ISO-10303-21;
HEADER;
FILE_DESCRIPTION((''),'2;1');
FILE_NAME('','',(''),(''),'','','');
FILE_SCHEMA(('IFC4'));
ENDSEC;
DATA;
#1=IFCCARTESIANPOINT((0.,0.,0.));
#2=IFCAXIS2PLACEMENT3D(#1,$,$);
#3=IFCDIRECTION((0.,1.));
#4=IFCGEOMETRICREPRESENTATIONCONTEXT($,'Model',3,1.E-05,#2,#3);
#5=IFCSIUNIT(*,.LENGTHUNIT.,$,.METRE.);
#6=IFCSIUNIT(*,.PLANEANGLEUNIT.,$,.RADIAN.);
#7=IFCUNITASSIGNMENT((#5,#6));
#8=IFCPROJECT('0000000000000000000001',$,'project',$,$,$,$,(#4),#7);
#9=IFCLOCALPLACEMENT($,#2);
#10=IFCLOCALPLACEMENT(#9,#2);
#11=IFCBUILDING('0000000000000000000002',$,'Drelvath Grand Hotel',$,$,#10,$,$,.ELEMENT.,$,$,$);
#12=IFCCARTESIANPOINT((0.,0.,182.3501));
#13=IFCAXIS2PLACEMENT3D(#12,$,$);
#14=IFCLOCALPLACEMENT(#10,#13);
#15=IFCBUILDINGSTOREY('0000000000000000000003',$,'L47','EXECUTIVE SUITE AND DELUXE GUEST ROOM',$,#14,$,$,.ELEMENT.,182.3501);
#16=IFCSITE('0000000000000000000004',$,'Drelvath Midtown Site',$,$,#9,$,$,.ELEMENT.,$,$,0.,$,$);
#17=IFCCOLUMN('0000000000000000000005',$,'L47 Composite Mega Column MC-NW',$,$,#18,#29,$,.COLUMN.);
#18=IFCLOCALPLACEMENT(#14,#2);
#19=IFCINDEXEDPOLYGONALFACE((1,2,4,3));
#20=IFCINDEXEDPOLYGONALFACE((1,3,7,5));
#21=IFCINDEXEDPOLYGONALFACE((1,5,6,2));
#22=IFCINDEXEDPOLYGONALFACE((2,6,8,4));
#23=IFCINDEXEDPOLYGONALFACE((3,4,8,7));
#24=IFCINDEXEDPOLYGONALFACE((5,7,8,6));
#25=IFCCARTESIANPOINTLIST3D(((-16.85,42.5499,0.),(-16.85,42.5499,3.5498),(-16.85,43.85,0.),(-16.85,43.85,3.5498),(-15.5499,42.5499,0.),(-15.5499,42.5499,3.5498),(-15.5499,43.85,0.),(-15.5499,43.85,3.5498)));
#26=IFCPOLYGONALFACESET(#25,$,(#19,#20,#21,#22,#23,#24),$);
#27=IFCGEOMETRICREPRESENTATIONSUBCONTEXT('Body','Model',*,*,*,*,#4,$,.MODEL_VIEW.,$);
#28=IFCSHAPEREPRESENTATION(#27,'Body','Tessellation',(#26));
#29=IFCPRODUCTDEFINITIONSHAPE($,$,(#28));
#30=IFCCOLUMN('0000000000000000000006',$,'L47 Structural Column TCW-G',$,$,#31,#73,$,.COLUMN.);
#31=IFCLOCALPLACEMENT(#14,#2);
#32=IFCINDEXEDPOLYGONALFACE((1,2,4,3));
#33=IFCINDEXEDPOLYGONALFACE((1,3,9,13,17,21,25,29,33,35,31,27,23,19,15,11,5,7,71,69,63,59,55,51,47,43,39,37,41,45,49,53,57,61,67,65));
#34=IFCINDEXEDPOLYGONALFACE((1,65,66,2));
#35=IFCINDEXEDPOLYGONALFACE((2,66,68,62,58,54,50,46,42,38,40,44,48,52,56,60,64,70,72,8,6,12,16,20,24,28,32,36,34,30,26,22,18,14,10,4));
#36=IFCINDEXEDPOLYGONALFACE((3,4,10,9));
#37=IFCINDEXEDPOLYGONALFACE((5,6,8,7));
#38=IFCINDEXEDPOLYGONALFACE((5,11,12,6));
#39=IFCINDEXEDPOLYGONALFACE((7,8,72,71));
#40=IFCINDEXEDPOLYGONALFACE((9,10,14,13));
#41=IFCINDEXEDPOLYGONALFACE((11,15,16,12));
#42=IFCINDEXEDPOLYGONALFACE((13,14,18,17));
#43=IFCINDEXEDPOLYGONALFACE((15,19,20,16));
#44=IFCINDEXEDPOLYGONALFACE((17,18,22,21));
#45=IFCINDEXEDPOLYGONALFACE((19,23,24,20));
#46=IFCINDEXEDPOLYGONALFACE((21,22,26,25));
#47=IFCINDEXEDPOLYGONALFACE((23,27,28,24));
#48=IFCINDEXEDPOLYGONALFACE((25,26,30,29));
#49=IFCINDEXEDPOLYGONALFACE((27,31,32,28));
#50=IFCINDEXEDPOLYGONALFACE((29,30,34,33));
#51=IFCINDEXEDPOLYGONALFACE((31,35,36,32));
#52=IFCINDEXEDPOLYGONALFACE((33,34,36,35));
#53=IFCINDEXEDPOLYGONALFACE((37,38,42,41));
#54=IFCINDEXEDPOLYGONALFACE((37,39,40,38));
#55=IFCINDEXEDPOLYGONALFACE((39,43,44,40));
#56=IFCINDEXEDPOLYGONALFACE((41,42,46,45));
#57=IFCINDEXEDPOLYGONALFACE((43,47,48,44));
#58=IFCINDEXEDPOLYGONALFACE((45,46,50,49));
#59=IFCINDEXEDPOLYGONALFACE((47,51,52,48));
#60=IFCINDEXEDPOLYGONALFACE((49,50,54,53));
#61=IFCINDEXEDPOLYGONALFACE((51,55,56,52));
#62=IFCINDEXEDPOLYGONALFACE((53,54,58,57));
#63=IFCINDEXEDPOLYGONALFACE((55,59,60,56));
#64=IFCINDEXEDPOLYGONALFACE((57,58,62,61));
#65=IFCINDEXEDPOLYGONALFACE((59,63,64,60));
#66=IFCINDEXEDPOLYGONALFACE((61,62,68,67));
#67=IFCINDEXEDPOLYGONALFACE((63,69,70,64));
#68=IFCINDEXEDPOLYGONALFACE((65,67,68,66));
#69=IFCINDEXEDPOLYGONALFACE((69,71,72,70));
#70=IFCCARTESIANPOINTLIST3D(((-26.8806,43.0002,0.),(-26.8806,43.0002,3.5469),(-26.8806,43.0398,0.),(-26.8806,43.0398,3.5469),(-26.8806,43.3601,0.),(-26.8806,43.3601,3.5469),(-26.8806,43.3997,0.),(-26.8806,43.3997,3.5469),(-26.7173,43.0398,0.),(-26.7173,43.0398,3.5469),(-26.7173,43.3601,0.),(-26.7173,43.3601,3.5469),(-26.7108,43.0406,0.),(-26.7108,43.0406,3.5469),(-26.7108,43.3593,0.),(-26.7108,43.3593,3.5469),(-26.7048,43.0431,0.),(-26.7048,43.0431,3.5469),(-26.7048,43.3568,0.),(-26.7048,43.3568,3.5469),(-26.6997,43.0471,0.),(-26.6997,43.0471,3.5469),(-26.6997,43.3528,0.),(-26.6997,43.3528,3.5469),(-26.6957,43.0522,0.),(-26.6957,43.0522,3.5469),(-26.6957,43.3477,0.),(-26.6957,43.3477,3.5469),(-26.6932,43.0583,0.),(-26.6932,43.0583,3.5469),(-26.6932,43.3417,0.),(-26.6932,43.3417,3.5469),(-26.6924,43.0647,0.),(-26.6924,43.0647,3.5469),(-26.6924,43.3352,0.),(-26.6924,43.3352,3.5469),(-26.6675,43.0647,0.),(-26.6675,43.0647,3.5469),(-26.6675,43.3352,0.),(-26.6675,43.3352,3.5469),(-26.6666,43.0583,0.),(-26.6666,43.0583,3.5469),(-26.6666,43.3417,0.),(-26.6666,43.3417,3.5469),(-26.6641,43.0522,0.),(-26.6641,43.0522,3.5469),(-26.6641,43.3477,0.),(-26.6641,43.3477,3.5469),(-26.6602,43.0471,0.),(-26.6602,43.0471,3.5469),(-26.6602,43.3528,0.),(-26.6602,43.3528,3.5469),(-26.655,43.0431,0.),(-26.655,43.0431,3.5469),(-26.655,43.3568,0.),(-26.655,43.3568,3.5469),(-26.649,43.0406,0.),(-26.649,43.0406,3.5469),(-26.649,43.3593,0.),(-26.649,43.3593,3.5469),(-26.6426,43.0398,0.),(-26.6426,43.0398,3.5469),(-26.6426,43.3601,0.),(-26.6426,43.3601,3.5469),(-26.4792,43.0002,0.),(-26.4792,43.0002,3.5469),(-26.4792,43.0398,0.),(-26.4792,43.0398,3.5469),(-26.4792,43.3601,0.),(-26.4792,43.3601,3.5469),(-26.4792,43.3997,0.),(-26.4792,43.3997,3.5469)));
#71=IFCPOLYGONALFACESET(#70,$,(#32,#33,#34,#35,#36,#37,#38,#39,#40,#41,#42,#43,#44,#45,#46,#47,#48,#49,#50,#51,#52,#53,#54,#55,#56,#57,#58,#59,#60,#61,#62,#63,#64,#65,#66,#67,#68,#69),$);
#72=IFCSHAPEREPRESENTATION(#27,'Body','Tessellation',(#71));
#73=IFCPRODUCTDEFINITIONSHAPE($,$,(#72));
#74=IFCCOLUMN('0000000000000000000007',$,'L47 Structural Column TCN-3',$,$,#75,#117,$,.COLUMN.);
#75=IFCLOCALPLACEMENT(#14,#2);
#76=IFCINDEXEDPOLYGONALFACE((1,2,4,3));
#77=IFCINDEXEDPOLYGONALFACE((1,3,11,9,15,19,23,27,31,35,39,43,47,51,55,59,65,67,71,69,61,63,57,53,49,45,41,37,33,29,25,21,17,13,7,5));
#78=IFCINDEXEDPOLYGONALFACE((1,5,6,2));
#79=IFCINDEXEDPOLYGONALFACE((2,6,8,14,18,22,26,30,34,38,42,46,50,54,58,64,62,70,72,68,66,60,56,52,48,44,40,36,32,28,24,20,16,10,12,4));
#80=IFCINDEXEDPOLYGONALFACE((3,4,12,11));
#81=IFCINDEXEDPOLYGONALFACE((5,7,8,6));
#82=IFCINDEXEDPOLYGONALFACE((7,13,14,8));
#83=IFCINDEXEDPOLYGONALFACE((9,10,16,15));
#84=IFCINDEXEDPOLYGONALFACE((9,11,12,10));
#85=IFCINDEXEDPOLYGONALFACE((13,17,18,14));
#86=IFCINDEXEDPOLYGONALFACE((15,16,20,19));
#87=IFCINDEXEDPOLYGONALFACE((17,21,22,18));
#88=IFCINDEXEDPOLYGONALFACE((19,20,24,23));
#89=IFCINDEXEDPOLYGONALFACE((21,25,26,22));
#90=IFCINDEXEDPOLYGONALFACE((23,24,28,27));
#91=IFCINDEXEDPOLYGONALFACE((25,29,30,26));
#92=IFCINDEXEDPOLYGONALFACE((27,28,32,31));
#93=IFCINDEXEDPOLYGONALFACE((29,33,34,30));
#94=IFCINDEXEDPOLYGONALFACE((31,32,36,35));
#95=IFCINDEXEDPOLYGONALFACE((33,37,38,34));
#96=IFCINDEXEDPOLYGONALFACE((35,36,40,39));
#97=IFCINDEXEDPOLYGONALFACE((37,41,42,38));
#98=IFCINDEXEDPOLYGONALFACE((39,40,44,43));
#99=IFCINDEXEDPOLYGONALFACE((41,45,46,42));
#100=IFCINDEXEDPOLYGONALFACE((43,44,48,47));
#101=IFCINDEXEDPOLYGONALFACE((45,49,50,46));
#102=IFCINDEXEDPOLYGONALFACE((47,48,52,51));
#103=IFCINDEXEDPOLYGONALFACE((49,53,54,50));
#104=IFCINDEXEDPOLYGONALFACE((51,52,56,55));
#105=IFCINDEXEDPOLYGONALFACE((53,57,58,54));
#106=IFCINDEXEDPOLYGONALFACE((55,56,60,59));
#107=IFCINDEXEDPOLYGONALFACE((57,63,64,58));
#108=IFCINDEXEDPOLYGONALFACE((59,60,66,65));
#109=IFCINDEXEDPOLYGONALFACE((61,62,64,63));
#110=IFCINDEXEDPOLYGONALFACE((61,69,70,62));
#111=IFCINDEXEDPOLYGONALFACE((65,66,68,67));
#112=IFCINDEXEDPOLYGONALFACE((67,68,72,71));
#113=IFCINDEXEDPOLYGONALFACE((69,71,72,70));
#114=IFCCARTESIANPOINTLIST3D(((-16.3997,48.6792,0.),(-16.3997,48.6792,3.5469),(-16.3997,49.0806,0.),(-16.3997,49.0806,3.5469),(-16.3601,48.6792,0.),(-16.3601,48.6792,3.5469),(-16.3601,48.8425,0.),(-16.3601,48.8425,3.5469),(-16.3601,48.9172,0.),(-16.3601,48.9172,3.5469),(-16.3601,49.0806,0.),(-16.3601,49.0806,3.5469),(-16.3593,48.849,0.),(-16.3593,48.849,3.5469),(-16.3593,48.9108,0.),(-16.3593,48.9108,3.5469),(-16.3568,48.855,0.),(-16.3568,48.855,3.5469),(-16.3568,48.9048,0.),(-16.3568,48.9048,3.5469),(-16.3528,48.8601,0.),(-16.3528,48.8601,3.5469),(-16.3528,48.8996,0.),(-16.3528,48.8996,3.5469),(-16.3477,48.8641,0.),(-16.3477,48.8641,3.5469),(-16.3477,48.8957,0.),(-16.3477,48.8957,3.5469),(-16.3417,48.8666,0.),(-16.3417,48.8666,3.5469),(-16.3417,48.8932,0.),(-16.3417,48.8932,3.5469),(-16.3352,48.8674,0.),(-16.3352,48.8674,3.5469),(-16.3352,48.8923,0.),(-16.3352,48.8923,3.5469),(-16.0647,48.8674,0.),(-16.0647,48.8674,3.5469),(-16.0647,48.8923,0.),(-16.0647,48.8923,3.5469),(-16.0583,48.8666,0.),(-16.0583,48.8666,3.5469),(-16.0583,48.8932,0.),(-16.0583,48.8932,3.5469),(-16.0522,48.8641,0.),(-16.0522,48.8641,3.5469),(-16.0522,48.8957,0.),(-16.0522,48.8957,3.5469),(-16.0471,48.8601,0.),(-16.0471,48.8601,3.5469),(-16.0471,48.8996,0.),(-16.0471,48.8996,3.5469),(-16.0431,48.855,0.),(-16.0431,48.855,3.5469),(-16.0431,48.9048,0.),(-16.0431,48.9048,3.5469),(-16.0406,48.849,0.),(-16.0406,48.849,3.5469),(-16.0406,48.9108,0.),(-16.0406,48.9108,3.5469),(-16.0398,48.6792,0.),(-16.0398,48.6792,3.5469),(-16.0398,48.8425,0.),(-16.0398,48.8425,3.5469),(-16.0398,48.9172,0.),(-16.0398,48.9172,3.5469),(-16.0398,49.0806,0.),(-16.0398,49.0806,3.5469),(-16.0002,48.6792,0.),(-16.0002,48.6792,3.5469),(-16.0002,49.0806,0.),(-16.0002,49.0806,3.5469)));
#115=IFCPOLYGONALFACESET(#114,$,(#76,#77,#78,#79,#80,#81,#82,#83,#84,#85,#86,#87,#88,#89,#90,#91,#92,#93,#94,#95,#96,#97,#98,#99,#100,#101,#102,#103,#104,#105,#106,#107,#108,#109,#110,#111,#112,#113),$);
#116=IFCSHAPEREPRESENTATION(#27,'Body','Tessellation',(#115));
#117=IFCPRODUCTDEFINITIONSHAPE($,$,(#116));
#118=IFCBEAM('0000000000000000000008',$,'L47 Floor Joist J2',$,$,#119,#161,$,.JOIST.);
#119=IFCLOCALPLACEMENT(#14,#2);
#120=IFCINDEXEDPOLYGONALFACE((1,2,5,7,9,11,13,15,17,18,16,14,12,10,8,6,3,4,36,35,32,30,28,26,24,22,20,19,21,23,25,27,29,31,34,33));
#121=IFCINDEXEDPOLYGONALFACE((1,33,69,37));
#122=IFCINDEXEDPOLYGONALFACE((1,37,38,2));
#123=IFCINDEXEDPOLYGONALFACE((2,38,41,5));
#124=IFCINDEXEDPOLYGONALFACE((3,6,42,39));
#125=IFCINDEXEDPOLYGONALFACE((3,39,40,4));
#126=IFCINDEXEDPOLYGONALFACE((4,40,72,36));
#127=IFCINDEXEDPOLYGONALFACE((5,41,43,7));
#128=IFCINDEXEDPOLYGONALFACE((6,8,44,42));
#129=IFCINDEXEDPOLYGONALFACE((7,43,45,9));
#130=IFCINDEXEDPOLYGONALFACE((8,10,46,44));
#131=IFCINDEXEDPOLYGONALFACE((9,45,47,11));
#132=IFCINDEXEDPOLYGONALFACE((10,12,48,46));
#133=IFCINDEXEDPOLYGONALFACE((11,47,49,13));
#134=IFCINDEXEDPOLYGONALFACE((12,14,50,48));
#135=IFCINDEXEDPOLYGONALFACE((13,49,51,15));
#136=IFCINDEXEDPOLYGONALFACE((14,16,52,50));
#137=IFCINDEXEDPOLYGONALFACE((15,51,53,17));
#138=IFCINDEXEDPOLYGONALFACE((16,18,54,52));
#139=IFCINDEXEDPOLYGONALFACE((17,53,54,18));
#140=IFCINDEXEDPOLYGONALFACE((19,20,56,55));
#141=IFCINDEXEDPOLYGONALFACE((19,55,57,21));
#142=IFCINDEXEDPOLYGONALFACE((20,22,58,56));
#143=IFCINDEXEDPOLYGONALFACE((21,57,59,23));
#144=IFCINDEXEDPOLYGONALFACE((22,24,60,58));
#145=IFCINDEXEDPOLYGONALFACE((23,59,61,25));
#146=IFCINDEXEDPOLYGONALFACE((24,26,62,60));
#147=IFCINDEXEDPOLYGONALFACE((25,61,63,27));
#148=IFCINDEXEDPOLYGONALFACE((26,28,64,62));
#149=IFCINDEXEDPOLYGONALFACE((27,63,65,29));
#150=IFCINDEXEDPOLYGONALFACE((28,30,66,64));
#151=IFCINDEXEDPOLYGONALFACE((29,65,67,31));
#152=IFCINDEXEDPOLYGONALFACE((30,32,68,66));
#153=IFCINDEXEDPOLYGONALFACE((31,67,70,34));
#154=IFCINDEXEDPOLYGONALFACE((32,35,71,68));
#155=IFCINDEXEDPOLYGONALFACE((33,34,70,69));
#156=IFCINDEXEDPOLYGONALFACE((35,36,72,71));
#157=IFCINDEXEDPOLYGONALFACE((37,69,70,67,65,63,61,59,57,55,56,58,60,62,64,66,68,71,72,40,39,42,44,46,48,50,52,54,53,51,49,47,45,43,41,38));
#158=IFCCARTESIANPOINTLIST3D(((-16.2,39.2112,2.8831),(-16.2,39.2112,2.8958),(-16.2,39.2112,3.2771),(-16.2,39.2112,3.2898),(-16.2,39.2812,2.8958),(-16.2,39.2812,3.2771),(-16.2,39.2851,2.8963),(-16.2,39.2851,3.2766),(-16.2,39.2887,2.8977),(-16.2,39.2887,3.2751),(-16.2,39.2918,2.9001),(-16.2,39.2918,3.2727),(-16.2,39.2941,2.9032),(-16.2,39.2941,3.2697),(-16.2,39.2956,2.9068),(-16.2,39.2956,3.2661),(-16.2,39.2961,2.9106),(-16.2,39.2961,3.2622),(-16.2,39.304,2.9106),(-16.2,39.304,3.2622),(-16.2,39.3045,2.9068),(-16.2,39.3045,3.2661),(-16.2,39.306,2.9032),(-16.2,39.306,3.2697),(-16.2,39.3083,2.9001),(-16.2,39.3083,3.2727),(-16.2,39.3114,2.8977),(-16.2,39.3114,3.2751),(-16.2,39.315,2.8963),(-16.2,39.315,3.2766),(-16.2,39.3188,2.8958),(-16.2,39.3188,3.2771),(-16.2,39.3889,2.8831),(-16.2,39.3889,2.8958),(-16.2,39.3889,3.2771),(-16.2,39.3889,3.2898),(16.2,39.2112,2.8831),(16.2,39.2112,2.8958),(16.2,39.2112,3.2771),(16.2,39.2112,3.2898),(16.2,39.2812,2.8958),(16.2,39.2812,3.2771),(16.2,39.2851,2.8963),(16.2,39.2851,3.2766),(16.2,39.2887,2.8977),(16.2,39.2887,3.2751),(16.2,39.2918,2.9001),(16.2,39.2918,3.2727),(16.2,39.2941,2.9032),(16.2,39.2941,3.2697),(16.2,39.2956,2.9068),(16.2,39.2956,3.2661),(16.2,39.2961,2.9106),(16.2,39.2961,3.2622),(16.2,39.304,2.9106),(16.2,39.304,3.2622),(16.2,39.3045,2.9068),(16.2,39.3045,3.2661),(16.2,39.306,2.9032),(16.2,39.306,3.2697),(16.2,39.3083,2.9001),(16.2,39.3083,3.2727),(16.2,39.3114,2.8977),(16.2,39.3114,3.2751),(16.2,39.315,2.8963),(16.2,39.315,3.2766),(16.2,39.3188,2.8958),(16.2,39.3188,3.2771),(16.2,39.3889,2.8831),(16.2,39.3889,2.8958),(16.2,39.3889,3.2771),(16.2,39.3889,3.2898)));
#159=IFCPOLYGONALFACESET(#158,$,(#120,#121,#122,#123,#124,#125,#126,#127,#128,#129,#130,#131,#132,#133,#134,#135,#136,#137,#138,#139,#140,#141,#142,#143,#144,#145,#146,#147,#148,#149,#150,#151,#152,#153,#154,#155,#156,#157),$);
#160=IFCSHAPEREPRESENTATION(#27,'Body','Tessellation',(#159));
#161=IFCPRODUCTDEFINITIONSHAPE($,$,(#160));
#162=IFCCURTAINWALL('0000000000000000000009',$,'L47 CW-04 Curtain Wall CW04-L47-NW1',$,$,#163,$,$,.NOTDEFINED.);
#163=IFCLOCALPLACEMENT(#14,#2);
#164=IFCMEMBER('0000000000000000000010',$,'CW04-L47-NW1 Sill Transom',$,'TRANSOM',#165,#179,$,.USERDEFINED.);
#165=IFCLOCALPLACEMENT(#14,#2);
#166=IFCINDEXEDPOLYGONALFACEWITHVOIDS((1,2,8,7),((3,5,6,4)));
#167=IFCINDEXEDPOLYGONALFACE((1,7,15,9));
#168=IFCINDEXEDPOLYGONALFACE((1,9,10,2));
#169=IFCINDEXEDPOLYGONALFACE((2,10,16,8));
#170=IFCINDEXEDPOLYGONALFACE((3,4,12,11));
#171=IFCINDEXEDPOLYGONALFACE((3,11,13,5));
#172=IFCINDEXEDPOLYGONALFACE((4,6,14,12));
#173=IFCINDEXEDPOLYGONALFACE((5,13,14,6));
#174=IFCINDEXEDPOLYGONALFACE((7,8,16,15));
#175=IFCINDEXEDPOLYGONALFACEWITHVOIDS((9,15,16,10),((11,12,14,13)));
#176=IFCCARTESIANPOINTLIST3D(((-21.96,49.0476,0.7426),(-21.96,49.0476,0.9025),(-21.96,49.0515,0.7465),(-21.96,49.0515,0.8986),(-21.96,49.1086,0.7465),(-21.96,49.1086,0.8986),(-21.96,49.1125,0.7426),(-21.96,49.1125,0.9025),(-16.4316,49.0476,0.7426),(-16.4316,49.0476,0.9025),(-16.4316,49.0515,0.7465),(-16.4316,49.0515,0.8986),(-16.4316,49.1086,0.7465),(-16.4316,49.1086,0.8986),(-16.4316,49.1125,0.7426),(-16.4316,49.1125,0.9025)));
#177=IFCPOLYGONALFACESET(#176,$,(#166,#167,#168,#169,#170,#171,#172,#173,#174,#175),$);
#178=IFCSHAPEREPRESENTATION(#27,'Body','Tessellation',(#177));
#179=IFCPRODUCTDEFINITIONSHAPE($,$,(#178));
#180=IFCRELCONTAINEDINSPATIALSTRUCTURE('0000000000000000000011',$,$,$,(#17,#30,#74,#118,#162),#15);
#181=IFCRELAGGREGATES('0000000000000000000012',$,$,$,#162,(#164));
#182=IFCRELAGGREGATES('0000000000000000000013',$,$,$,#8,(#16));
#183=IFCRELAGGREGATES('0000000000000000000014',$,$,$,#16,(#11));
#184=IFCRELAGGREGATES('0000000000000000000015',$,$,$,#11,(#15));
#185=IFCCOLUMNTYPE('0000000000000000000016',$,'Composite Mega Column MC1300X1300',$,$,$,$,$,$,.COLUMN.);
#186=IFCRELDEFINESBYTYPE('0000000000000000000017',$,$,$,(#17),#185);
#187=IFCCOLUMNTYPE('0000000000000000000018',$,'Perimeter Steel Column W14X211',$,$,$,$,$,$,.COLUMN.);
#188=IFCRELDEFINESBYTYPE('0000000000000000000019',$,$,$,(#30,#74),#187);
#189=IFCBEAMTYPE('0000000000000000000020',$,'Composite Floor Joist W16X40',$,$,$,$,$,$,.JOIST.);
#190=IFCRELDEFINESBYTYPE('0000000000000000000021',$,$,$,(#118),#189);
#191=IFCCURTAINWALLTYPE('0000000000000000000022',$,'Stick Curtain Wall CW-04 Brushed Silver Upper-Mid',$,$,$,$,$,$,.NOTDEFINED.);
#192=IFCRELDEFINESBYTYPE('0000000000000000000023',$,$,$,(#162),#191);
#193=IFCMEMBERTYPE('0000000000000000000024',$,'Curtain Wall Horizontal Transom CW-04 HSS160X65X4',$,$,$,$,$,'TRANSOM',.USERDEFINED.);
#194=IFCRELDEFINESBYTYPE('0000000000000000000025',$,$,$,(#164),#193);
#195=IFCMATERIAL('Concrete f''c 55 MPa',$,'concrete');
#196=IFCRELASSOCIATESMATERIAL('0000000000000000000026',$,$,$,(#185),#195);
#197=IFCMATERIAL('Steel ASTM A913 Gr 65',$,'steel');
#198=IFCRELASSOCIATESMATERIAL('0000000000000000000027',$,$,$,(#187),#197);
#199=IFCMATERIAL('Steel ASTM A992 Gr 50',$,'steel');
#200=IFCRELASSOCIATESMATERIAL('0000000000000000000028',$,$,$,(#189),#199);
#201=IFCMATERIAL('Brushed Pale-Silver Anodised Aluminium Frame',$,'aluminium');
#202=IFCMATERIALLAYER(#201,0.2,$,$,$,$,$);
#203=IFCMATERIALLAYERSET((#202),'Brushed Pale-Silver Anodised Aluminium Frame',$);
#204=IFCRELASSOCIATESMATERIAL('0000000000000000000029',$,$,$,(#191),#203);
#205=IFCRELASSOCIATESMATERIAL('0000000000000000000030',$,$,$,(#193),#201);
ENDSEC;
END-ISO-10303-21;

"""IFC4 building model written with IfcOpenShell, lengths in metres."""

from ifc_helpers import new_model, si_unit, direction, frame, origin, origin_2d, place, context, subcontext, project, spatial, rectangle, hollow_rectangle, i_section, extrude, material, layer, layer_set, material_profile, profile_set, type_object, element, aggregate, save


model = new_model("IFC4")

# Units and contexts
model_context = context("Model", 3, precision=1e-05, world=origin(), true_north=direction((0.0, 1.0)))
body_context = subcontext(model_context, "Body", "Model", "MODEL_VIEW")
ifc_project = project(units=[si_unit("LENGTHUNIT", "METRE"), si_unit("PLANEANGLEUNIT", "RADIAN")], contexts=[model_context])

# Site, building, storey
site_placement = place(None, origin())
site = spatial("IfcSite", under=ifc_project, at=site_placement, Name="Drelvath Midtown Site", CompositionType="ELEMENT", RefElevation=0.0)
building_placement = place(site_placement, origin())
building = spatial("IfcBuilding", under=site, at=building_placement, Name="Drelvath Grand Hotel", CompositionType="ELEMENT")
storey_placement = place(building_placement, frame((0.0, 0.0, 182.3501)))
storey = spatial("IfcBuildingStorey", under=building, at=storey_placement, Name="L47", Description="EXECUTIVE SUITE AND DELUXE GUEST ROOM", CompositionType="ELEMENT", Elevation=182.3501)

# Columns
ifc_material_1 = material(Name="Concrete f'c 55 MPa", Category="concrete")
ifc_material_profile_1 = material_profile(ifc_material_1, rectangle(XDim=1.3, YDim=1.3, at=origin_2d()), Name="MC1300X1300")
ifc_profile_set_1 = profile_set([ifc_material_profile_1], Name="Concrete f'c 55 MPa")
column_type_1 = type_object("IfcColumnType", Name="Composite Mega Column MC1300X1300", PredefinedType="COLUMN", material=ifc_profile_set_1)
column_placement = place(storey_placement, frame((-16.2, 43.2, 0.0), z_axis=(0.0, 0.0, 1.0), x_axis=(1.0, 0.0, 0.0)))
element("IfcColumn", 1, at=column_placement, inside=storey, type_object=column_type_1, Name="L47 Composite Mega Column MC-NW", PredefinedType="COLUMN", context=body_context, shape_type="SweptSolid", body=[
    extrude(rectangle(XDim=1.3, YDim=1.3, at=origin_2d()), origin(), (0.0, 0.0, 1.0), 3.5498),
])
ifc_material_2 = material(Name="Steel ASTM A913 Gr 65", Category="steel")
ifc_material_profile_2 = material_profile(ifc_material_2, i_section(OverallWidth=0.4014, OverallDepth=0.3994, WebThickness=0.0249, FlangeThickness=0.0396, FilletRadius=0.0249, at=origin_2d()), Name="W14X211")
ifc_profile_set_2 = profile_set([ifc_material_profile_2], Name="Steel ASTM A913 Gr 65")
column_type_2 = type_object("IfcColumnType", Name="Perimeter Steel Column W14X211", PredefinedType="COLUMN", material=ifc_profile_set_2)
for number, where, z_axis, x_axis, name in (
    (2, (-26.6799, 43.2, 0.0), (0.0, 0.0, 1.0), (1.0, 0.0, 0.0), "L47 Structural Column TCW-G"),
    (3, (-16.2, 48.8799, 0.0), (0.0, 0.0, 1.0), (0.0, 1.0, 0.0), "L47 Structural Column TCN-3"),
):
    element("IfcColumn", number, at=place(storey_placement, frame(where, z_axis=z_axis, x_axis=x_axis)), inside=storey, type_object=column_type_2, Name=name, PredefinedType="COLUMN", context=body_context, shape_type="SweptSolid", body=[
        extrude(i_section(OverallWidth=0.4014, OverallDepth=0.3994, WebThickness=0.0249, FlangeThickness=0.0396, FilletRadius=0.0249, at=origin_2d()), origin(), (0.0, 0.0, 1.0), 3.5469),
    ])

# Beam
ifc_material_3 = material(Name="Steel ASTM A992 Gr 50", Category="steel")
ifc_material_profile_3 = material_profile(ifc_material_3, i_section(OverallWidth=0.1777, OverallDepth=0.4067, WebThickness=0.0078, FlangeThickness=0.0127, FilletRadius=0.0149, at=origin_2d()), Name="W16X40")
ifc_profile_set_3 = profile_set([ifc_material_profile_3], Name="Steel ASTM A992 Gr 50")
beam_type_1 = type_object("IfcBeamType", Name="Composite Floor Joist W16X40", PredefinedType="JOIST", material=ifc_profile_set_3)
beam_1_placement = place(storey_placement, frame((-16.2, 39.3, 3.0864), z_axis=(1.0, 0.0, 0.0), x_axis=(0.0, 1.0, 0.0)))
element("IfcBeam", 4, at=beam_1_placement, inside=storey, type_object=beam_type_1, Name="L47 Floor Joist J2", PredefinedType="JOIST", context=body_context, shape_type="SweptSolid", body=[
    extrude(i_section(OverallWidth=0.1777, OverallDepth=0.4067, WebThickness=0.0078, FlangeThickness=0.0127, FilletRadius=0.0149, at=origin_2d()), origin(), (0.0, 0.0, 1.0), 32.3999),
])

# Curtain wall, member
ifc_material_4 = material(Name="Brushed Pale-Silver Anodised Aluminium Frame", Category="aluminium")
ifc_layer_1 = layer(ifc_material_4, 0.2)
ifc_layer_set_1 = layer_set([ifc_layer_1], Name="Brushed Pale-Silver Anodised Aluminium Frame")
curtain_wall_type = type_object("IfcCurtainWallType", Name="Stick Curtain Wall CW-04 Brushed Silver Upper-Mid", PredefinedType="NOTDEFINED", material=ifc_layer_set_1)
curtain_wall_placement = place(storey_placement, origin())
curtain_wall = element("IfcCurtainWall", 5, at=curtain_wall_placement, inside=storey, type_object=curtain_wall_type, Name="L47 CW-04 Curtain Wall CW04-L47-NW1", PredefinedType="NOTDEFINED")
ifc_material_profile_4 = material_profile(ifc_material_4, hollow_rectangle(XDim=0.0649, YDim=0.1599, WallThickness=0.0039, at=origin_2d()), Name="HSS160X65X4")
ifc_profile_set_4 = profile_set([ifc_material_profile_4], Name="Brushed Pale-Silver Anodised Aluminium Frame")
member_type_1 = type_object("IfcMemberType", Name="Curtain Wall Horizontal Transom CW-04 HSS160X65X4", ElementType="TRANSOM", PredefinedType="USERDEFINED", material=ifc_profile_set_4)
member_1_placement = place(storey_placement, frame((-21.96, 49.0801, 0.8225), z_axis=(1.0, 0.0, 0.0), x_axis=(0.0, 1.0, 0.0)))
member_1 = element("IfcMember", 6, at=member_1_placement, type_object=member_type_1, Name="CW04-L47-NW1 Sill Transom", ObjectType="TRANSOM", PredefinedType="USERDEFINED", context=body_context, shape_type="SweptSolid", body=[
    extrude(hollow_rectangle(XDim=0.0649, YDim=0.1599, WallThickness=0.0039, at=origin_2d()), origin(), (0.0, 0.0, 1.0), 5.5283),
])

aggregate(curtain_wall, [member_1])

save(model, "model.ifc")
